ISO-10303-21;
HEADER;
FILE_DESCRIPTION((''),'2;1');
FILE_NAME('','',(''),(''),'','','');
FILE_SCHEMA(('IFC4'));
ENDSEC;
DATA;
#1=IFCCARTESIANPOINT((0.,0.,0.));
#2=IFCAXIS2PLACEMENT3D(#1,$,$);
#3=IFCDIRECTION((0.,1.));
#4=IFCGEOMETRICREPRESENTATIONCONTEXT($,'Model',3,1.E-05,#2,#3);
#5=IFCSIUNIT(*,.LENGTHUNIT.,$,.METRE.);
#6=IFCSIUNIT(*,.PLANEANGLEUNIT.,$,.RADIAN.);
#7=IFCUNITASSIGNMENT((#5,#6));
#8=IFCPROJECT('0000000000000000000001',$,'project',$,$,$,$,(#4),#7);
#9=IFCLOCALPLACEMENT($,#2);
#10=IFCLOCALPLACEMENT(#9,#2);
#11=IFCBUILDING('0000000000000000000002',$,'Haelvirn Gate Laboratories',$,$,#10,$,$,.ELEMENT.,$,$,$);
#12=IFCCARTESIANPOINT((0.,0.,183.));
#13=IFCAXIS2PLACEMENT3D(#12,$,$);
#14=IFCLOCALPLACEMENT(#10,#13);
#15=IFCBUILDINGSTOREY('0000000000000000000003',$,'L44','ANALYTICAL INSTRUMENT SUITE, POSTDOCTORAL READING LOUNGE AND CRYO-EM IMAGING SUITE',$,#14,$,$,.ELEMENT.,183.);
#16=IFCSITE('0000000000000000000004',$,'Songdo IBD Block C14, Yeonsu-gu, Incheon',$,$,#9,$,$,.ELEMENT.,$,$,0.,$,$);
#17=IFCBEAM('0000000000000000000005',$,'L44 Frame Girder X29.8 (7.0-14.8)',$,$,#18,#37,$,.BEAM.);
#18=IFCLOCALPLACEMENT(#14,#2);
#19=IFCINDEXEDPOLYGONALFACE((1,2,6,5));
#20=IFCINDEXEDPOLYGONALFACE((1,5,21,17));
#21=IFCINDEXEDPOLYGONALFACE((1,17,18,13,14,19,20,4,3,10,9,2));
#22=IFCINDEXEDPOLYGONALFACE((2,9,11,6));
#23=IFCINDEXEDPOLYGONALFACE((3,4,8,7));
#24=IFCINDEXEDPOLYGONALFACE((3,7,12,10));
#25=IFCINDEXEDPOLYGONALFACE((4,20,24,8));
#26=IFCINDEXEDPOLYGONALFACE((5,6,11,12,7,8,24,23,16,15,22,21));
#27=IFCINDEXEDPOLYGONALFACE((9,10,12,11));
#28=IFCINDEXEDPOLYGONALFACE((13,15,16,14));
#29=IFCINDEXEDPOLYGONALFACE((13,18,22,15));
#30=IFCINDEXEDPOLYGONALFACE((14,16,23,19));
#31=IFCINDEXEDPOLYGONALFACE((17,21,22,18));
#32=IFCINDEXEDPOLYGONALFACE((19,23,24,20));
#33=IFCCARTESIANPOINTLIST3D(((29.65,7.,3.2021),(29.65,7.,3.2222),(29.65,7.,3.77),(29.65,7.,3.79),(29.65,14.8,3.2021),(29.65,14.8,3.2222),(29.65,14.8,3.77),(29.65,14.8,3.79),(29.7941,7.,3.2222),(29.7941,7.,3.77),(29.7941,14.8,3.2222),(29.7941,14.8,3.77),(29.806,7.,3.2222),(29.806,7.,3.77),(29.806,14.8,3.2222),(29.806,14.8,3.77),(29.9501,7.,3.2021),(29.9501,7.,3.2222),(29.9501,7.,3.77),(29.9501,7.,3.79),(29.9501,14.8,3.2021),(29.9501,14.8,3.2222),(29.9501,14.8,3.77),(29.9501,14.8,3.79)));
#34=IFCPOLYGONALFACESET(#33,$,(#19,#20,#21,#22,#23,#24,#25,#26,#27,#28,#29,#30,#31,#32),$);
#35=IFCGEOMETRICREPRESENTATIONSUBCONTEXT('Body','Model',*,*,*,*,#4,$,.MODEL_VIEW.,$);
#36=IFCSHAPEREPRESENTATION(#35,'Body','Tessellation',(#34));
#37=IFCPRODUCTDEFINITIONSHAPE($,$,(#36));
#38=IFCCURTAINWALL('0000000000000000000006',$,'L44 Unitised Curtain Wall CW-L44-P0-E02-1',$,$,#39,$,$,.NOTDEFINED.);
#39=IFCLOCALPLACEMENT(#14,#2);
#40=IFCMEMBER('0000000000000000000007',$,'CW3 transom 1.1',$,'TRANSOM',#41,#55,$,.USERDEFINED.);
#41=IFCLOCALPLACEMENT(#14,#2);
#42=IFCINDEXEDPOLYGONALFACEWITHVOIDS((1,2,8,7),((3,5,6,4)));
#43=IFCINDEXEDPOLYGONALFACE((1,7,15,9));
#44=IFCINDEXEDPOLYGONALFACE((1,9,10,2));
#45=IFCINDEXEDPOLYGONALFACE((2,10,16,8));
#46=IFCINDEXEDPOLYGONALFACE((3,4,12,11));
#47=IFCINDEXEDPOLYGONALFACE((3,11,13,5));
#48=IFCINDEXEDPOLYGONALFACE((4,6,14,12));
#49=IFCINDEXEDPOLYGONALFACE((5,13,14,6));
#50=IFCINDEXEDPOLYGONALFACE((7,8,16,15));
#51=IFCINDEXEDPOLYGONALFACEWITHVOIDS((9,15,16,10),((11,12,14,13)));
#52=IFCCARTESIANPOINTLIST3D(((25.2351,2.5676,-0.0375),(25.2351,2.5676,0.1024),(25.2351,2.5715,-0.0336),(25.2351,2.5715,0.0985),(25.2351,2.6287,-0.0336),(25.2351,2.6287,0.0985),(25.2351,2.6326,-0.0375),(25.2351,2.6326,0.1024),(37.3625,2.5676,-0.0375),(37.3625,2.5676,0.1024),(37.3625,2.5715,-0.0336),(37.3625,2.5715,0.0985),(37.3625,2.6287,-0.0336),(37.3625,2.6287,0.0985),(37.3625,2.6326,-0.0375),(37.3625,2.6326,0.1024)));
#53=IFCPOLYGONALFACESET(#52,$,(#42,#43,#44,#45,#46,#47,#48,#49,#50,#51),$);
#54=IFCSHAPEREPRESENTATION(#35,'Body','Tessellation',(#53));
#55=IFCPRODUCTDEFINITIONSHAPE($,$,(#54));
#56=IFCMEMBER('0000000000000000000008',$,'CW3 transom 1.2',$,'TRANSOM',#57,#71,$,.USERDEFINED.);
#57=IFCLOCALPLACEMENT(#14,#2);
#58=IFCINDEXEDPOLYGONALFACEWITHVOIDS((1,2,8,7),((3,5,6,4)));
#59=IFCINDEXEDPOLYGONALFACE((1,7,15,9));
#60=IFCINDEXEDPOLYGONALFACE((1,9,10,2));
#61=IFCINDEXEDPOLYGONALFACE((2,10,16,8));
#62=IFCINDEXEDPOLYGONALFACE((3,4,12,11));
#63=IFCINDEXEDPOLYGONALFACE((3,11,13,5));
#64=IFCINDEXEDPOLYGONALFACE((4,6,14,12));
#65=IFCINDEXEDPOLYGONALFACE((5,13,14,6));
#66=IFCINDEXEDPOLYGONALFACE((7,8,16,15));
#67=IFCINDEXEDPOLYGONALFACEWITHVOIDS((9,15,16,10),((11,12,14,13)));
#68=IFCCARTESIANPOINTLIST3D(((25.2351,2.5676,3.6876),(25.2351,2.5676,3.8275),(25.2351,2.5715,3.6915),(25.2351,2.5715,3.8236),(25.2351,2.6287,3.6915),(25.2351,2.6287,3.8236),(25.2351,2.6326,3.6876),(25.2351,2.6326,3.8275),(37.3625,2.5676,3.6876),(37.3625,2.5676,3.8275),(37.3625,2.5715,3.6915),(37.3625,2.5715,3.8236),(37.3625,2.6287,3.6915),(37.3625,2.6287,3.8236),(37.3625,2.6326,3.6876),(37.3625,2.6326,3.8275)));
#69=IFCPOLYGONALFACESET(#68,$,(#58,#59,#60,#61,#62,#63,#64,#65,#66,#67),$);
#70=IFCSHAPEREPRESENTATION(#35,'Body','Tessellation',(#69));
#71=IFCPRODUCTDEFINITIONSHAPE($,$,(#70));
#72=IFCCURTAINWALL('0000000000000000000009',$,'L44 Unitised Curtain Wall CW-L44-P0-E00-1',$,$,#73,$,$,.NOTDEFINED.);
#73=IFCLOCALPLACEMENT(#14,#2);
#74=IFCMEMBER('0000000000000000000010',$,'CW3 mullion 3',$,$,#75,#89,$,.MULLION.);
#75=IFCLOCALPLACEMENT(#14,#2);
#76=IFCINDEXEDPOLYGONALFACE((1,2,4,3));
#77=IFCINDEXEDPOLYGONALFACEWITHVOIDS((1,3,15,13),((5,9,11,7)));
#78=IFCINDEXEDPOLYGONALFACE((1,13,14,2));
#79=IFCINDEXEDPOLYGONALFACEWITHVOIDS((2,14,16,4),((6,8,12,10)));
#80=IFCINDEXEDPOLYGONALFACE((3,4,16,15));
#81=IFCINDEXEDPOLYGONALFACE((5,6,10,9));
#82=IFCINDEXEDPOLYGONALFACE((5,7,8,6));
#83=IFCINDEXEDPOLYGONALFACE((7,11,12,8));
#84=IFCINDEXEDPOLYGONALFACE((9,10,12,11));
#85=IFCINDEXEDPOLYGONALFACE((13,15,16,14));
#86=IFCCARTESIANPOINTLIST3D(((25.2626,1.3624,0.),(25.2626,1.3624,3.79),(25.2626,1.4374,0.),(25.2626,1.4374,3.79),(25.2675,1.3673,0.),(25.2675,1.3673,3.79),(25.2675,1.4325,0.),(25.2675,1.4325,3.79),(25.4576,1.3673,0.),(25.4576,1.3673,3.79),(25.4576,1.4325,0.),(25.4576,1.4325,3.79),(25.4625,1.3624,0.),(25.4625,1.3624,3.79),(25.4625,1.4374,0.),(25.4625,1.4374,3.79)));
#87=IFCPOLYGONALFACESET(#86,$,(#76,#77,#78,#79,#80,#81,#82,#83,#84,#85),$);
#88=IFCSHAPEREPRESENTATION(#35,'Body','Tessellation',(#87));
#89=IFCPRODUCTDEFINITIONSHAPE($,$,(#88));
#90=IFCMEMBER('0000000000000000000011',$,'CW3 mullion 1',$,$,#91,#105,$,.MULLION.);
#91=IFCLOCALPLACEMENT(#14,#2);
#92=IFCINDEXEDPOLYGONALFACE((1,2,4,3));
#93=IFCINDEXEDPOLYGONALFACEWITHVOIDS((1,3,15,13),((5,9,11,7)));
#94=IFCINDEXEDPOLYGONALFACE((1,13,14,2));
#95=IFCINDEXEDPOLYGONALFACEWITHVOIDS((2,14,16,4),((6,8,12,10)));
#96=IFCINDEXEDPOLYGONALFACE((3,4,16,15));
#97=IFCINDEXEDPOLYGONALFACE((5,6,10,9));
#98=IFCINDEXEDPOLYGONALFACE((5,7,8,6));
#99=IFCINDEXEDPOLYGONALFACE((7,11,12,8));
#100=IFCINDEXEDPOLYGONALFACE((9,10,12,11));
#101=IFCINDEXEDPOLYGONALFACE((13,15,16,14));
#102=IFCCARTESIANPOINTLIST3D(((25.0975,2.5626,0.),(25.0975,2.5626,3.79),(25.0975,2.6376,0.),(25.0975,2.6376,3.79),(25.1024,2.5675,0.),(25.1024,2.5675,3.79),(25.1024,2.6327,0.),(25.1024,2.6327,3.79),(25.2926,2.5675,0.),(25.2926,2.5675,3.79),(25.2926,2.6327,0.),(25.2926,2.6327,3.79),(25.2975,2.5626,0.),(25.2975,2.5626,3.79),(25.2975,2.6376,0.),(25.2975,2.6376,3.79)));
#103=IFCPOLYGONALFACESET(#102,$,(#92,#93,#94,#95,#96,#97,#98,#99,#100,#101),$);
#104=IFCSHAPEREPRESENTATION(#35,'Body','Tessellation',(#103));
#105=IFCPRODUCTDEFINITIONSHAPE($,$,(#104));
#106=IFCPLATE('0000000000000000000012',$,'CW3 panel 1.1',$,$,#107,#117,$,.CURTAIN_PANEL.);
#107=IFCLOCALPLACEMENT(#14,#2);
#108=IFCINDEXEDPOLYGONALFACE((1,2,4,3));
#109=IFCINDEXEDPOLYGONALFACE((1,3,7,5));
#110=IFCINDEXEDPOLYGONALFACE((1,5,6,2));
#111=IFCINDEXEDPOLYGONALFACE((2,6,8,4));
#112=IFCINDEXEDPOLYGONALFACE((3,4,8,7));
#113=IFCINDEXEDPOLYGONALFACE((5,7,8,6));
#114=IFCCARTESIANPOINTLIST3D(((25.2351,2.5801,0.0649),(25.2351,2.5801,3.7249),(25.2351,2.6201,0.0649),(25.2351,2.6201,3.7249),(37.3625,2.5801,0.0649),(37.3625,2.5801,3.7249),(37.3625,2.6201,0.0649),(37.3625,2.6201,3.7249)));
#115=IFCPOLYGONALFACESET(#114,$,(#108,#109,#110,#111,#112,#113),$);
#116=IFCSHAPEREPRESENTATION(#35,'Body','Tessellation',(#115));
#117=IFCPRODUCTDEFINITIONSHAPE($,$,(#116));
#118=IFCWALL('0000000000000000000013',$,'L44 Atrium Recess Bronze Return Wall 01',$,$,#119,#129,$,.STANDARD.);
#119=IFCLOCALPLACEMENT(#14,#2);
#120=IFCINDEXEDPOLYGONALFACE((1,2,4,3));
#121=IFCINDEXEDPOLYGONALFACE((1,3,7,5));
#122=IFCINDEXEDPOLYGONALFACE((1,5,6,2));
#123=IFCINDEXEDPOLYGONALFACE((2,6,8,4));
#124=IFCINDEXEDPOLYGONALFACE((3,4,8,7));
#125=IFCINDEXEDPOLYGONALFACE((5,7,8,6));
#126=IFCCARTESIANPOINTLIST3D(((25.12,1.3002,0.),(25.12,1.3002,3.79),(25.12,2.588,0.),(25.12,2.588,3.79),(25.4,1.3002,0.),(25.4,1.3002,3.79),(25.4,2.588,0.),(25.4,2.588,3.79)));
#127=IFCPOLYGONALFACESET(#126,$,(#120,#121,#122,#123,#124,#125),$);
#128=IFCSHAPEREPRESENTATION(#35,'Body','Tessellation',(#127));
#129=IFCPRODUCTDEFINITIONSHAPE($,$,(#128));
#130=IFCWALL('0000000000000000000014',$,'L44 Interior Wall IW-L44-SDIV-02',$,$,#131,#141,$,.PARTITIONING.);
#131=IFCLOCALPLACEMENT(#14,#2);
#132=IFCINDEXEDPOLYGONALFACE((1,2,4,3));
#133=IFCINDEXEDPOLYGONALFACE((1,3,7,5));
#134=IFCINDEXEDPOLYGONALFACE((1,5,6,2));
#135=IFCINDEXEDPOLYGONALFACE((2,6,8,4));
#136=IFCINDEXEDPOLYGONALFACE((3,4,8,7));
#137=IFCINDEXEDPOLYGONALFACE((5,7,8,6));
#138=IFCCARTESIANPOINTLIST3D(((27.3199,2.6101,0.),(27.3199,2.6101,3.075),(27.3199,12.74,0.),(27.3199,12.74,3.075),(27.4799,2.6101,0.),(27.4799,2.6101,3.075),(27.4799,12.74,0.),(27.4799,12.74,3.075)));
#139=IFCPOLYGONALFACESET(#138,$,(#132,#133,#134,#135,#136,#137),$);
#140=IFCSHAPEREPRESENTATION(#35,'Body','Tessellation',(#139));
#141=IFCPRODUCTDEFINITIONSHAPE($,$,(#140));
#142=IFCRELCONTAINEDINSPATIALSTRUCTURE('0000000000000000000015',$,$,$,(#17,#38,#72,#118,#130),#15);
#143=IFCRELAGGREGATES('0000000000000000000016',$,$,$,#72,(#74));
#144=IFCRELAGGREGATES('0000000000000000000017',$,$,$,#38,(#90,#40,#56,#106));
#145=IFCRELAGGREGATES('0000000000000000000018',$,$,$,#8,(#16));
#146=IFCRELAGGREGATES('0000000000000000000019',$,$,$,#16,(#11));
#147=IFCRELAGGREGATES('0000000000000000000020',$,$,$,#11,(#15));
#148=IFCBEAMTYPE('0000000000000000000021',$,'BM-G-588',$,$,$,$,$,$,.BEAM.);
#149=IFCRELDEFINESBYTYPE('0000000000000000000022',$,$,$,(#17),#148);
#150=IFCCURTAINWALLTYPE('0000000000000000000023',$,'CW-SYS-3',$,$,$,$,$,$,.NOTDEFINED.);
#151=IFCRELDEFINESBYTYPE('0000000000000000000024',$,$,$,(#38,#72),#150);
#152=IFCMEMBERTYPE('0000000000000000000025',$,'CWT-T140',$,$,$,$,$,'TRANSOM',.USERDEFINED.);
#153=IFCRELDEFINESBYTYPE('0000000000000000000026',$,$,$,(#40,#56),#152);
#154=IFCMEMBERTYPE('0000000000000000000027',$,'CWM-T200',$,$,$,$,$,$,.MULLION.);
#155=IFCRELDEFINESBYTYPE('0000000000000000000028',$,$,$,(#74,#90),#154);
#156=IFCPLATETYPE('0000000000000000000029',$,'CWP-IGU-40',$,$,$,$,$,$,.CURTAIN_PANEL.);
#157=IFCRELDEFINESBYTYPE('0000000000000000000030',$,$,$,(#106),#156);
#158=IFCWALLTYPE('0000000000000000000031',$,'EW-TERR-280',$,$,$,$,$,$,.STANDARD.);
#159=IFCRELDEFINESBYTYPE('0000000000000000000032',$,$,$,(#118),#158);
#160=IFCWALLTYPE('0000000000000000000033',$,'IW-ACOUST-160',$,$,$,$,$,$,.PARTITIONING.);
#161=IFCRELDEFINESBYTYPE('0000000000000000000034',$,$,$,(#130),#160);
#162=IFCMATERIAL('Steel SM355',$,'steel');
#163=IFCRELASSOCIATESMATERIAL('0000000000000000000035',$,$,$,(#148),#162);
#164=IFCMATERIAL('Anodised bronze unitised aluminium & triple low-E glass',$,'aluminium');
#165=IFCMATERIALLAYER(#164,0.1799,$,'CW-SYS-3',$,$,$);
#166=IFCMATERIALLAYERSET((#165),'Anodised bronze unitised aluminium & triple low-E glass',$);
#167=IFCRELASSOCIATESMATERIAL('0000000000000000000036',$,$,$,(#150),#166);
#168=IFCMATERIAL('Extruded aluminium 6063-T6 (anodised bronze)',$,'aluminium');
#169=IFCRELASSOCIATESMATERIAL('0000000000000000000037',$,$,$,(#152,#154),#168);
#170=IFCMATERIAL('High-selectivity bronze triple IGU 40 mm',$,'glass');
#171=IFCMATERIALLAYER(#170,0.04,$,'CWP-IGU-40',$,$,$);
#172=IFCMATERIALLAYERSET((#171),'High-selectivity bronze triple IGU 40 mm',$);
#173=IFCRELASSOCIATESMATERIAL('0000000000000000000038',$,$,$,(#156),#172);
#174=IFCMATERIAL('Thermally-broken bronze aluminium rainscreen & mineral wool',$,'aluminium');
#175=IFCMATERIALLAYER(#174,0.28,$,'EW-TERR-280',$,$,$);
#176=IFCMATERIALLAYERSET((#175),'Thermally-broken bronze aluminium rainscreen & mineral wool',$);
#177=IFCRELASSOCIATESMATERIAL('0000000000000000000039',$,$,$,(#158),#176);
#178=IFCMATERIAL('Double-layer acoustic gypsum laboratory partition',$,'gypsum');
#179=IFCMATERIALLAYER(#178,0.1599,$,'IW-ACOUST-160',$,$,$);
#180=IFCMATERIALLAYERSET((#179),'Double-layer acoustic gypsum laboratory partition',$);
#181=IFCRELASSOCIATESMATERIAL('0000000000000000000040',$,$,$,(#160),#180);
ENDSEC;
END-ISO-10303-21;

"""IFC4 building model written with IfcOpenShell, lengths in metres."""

from ifc_helpers import new_model, si_unit, direction, frame, frame_2d, origin, origin_2d, place, context, subcontext, project, spatial, rectangle, hollow_rectangle, i_section, extrude, source, transform, mapped, material, layer, layer_set, material_profile, profile_set, type_object, type_shapes, element, aggregate, save


model = new_model("IFC4")

# Units and contexts
model_context = context("Model", 3, precision=1e-05, world=origin(), true_north=direction((0.0, 1.0)))
body_context = subcontext(model_context, "Body", "Model", "MODEL_VIEW")
ifc_project = project(units=[si_unit("LENGTHUNIT", "METRE"), si_unit("PLANEANGLEUNIT", "RADIAN")], contexts=[model_context])

# Site, building, storey
site_placement = place(None, origin())
site = spatial("IfcSite", under=ifc_project, at=site_placement, Name="Songdo IBD Block C14, Yeonsu-gu, Incheon", CompositionType="ELEMENT", RefElevation=0.0)
building_placement = place(site_placement, origin())
building = spatial("IfcBuilding", under=site, at=building_placement, Name="Haelvirn Gate Laboratories", CompositionType="ELEMENT")
storey_placement = place(building_placement, frame((0.0, 0.0, 183.0)))
storey = spatial("IfcBuildingStorey", under=building, at=storey_placement, Name="L44", Description="ANALYTICAL INSTRUMENT SUITE, POSTDOCTORAL READING LOUNGE AND CRYO-EM IMAGING SUITE", CompositionType="ELEMENT", Elevation=183.0)

# Shared definitions
ifc_material_1 = material(Name="Steel SM355", Category="steel")

# Beam
ifc_material_profile_1 = material_profile(ifc_material_1, i_section(OverallWidth=0.3, OverallDepth=0.5879, WebThickness=0.012, FlangeThickness=0.02, at=origin_2d()), Name="H-588x300x12x20")
ifc_profile_set_1 = profile_set([ifc_material_profile_1], Name="Steel SM355")
beam_type_1 = type_object("IfcBeamType", Name="BM-G-588", PredefinedType="BEAM", material=ifc_profile_set_1)
shared_shape_1 = source(origin(), body_context, "Body", "SweptSolid", [
    extrude(i_section(OverallWidth=0.3, OverallDepth=0.5879, WebThickness=0.012, FlangeThickness=0.02, at=origin_2d()), origin(), (0.0, 0.0, 1.0), 7.8),
])
type_shapes(beam_type_1, [shared_shape_1])
beam_placement = place(storey_placement, frame((29.8, 7.0, 3.4961), z_axis=(0.0, 1.0, 0.0), x_axis=(-1.0, 0.0, 0.0)))
element("IfcBeam", 1, at=beam_placement, inside=storey, type_object=beam_type_1, Name="L44 Frame Girder X29.8 (7.0-14.8)", PredefinedType="BEAM", context=body_context, shape_type="MappedRepresentation", body=[
    mapped(shared_shape_1, transform((0.0, 0.0, 0.0), scale=1.0)),
])

# Curtain wall, members
ifc_material_2 = material(Name="Anodised bronze unitised aluminium & triple low-E glass", Category="aluminium")
ifc_layer_1 = layer(ifc_material_2, 0.1799, Name="CW-SYS-3")
ifc_layer_set_1 = layer_set([ifc_layer_1], Name="Anodised bronze unitised aluminium & triple low-E glass")
curtain_wall_type = type_object("IfcCurtainWallType", Name="CW-SYS-3", PredefinedType="NOTDEFINED", material=ifc_layer_set_1)
curtain_wall_1_placement = place(storey_placement, origin())
curtain_wall_1 = element("IfcCurtainWall", 2, at=curtain_wall_1_placement, inside=storey, type_object=curtain_wall_type, Name="L44 Unitised Curtain Wall CW-L44-P0-E02-1", PredefinedType="NOTDEFINED")
ifc_material_3 = material(Name="Extruded aluminium 6063-T6 (anodised bronze)", Category="aluminium")
ifc_material_profile_2 = material_profile(ifc_material_3, hollow_rectangle(XDim=0.0649, YDim=0.1399, WallThickness=0.0039, at=origin_2d()), Name="CWT-140x65x4")
ifc_profile_set_2 = profile_set([ifc_material_profile_2], Name="Extruded aluminium 6063-T6 (anodised bronze)")
member_type_1 = type_object("IfcMemberType", Name="CWT-T140", ElementType="TRANSOM", PredefinedType="USERDEFINED", material=ifc_profile_set_2)
shared_shape_2 = source(origin(), body_context, "Body", "SweptSolid", [
    extrude(hollow_rectangle(XDim=0.0649, YDim=0.1399, WallThickness=0.0039, at=origin_2d()), origin(), (0.0, 0.0, 1.0), 12.1274),
])
type_shapes(member_type_1, [shared_shape_2])
member_1_placement = place(storey_placement, frame((25.2351, 2.6001, 0.0325), z_axis=(1.0, 0.0, 0.0), x_axis=(0.0, 1.0, 0.0)))
member_1 = element("IfcMember", 3, at=member_1_placement, type_object=member_type_1, Name="CW3 transom 1.1", ObjectType="TRANSOM", PredefinedType="USERDEFINED", context=body_context, shape_type="MappedRepresentation", body=[
    mapped(shared_shape_2, transform((0.0, 0.0, 0.0), scale=1.0)),
])
member_2_placement = place(storey_placement, frame((25.2351, 2.6001, 3.7576), z_axis=(1.0, 0.0, 0.0), x_axis=(0.0, 1.0, 0.0)))
member_2 = element("IfcMember", 4, at=member_2_placement, type_object=member_type_1, Name="CW3 transom 1.2", ObjectType="TRANSOM", PredefinedType="USERDEFINED", context=body_context, shape_type="MappedRepresentation", body=[
    mapped(shared_shape_2, transform((0.0, 0.0, 0.0), scale=1.0)),
])

# Curtain wall, member
curtain_wall_2_placement = place(storey_placement, origin())
curtain_wall_2 = element("IfcCurtainWall", 5, at=curtain_wall_2_placement, inside=storey, type_object=curtain_wall_type, Name="L44 Unitised Curtain Wall CW-L44-P0-E00-1", PredefinedType="NOTDEFINED")
ifc_material_profile_3 = material_profile(ifc_material_3, hollow_rectangle(XDim=0.075, YDim=0.2, WallThickness=0.0049, at=origin_2d()), Name="CWM-200x75x5")
ifc_profile_set_3 = profile_set([ifc_material_profile_3], Name="Extruded aluminium 6063-T6 (anodised bronze)")
member_type_2 = type_object("IfcMemberType", Name="CWM-T200", PredefinedType="MULLION", material=ifc_profile_set_3)
shared_shape_3 = source(origin(), body_context, "Body", "SweptSolid", [
    extrude(hollow_rectangle(XDim=0.075, YDim=0.2, WallThickness=0.0049, at=origin_2d()), origin(), (0.0, 0.0, 1.0), 3.79),
])
type_shapes(member_type_2, [shared_shape_3])
member_3_placement = place(storey_placement, frame((25.3625, 1.3999, 0.0), z_axis=(0.0, 0.0, 1.0), x_axis=(0.0, 1.0, 0.0)))
member_3 = element("IfcMember", 6, at=member_3_placement, type_object=member_type_2, Name="CW3 mullion 3", PredefinedType="MULLION", context=body_context, shape_type="MappedRepresentation", body=[
    mapped(shared_shape_3, transform((0.0, 0.0, 0.0), scale=1.0)),
])
aggregate(curtain_wall_2, [member_3])

# Member
member_4_placement = place(storey_placement, frame((25.1975, 2.6001, 0.0), z_axis=(0.0, 0.0, 1.0), x_axis=(0.0, 1.0, 0.0)))
member_4 = element("IfcMember", 7, at=member_4_placement, type_object=member_type_2, Name="CW3 mullion 1", PredefinedType="MULLION", context=body_context, shape_type="MappedRepresentation", body=[
    mapped(shared_shape_3, transform((0.0, 0.0, 0.0), scale=1.0)),
])

# Plate
ifc_material_4 = material(Name="High-selectivity bronze triple IGU 40 mm", Category="glass")
ifc_layer_2 = layer(ifc_material_4, 0.04, Name="CWP-IGU-40")
ifc_layer_set_2 = layer_set([ifc_layer_2], Name="High-selectivity bronze triple IGU 40 mm")
plate_type = type_object("IfcPlateType", Name="CWP-IGU-40", PredefinedType="CURTAIN_PANEL", material=ifc_layer_set_2)
shared_shape_4 = source(origin(), body_context, "Body", "SweptSolid", [
    extrude(rectangle(XDim=12.1274, YDim=0.04, at=origin_2d()), origin(), (0.0, 0.0, 1.0), 3.6599),
])
type_shapes(plate_type, [shared_shape_4])
plate_placement = place(storey_placement, frame((31.2988, 2.6001, 0.0649), z_axis=(0.0, 0.0, 1.0), x_axis=(1.0, 0.0, 0.0)))
plate = element("IfcPlate", 8, at=plate_placement, type_object=plate_type, Name="CW3 panel 1.1", PredefinedType="CURTAIN_PANEL", context=body_context, shape_type="MappedRepresentation", body=[
    mapped(shared_shape_4, transform((0.0, 0.0, 0.0), scale=1.0)),
])
aggregate(curtain_wall_1, [member_4, member_1, member_2, plate])

# Walls
ifc_material_5 = material(Name="Thermally-broken bronze aluminium rainscreen & mineral wool", Category="aluminium")
ifc_layer_3 = layer(ifc_material_5, 0.28, Name="EW-TERR-280")
ifc_layer_set_3 = layer_set([ifc_layer_3], Name="Thermally-broken bronze aluminium rainscreen & mineral wool")
wall_type_1 = type_object("IfcWallType", Name="EW-TERR-280", PredefinedType="STANDARD", material=ifc_layer_set_3)
wall_1_placement = place(storey_placement, frame((25.26, 1.3, 0.0), z_axis=(0.0, 0.0, 1.0), x_axis=(0.0, 1.0, 0.0)))
element("IfcWall", 9, at=wall_1_placement, inside=storey, type_object=wall_type_1, Name="L44 Atrium Recess Bronze Return Wall 01", PredefinedType="STANDARD", context=body_context, shape_type="SweptSolid", body=[
    extrude(rectangle(XDim=1.2878, YDim=0.28, at=frame_2d((0.644, 0.0))), origin(), (0.0, 0.0, 1.0), 3.79),
])
ifc_material_6 = material(Name="Double-layer acoustic gypsum laboratory partition", Category="gypsum")
ifc_layer_4 = layer(ifc_material_6, 0.1599, Name="IW-ACOUST-160")
ifc_layer_set_4 = layer_set([ifc_layer_4], Name="Double-layer acoustic gypsum laboratory partition")
wall_type_2 = type_object("IfcWallType", Name="IW-ACOUST-160", PredefinedType="PARTITIONING", material=ifc_layer_set_4)
wall_2_placement = place(storey_placement, frame((27.3999, 2.6101, 0.0), z_axis=(0.0, 0.0, 1.0), x_axis=(0.0, 1.0, 0.0)))
element("IfcWall", 10, at=wall_2_placement, inside=storey, type_object=wall_type_2, Name="L44 Interior Wall IW-L44-SDIV-02", PredefinedType="PARTITIONING", context=body_context, shape_type="SweptSolid", body=[
    extrude(rectangle(XDim=10.1299, YDim=0.1599, at=frame_2d((5.0649, 0.0))), origin(), (0.0, 0.0, 1.0), 3.075),
])

save(model, "model.ifc")
